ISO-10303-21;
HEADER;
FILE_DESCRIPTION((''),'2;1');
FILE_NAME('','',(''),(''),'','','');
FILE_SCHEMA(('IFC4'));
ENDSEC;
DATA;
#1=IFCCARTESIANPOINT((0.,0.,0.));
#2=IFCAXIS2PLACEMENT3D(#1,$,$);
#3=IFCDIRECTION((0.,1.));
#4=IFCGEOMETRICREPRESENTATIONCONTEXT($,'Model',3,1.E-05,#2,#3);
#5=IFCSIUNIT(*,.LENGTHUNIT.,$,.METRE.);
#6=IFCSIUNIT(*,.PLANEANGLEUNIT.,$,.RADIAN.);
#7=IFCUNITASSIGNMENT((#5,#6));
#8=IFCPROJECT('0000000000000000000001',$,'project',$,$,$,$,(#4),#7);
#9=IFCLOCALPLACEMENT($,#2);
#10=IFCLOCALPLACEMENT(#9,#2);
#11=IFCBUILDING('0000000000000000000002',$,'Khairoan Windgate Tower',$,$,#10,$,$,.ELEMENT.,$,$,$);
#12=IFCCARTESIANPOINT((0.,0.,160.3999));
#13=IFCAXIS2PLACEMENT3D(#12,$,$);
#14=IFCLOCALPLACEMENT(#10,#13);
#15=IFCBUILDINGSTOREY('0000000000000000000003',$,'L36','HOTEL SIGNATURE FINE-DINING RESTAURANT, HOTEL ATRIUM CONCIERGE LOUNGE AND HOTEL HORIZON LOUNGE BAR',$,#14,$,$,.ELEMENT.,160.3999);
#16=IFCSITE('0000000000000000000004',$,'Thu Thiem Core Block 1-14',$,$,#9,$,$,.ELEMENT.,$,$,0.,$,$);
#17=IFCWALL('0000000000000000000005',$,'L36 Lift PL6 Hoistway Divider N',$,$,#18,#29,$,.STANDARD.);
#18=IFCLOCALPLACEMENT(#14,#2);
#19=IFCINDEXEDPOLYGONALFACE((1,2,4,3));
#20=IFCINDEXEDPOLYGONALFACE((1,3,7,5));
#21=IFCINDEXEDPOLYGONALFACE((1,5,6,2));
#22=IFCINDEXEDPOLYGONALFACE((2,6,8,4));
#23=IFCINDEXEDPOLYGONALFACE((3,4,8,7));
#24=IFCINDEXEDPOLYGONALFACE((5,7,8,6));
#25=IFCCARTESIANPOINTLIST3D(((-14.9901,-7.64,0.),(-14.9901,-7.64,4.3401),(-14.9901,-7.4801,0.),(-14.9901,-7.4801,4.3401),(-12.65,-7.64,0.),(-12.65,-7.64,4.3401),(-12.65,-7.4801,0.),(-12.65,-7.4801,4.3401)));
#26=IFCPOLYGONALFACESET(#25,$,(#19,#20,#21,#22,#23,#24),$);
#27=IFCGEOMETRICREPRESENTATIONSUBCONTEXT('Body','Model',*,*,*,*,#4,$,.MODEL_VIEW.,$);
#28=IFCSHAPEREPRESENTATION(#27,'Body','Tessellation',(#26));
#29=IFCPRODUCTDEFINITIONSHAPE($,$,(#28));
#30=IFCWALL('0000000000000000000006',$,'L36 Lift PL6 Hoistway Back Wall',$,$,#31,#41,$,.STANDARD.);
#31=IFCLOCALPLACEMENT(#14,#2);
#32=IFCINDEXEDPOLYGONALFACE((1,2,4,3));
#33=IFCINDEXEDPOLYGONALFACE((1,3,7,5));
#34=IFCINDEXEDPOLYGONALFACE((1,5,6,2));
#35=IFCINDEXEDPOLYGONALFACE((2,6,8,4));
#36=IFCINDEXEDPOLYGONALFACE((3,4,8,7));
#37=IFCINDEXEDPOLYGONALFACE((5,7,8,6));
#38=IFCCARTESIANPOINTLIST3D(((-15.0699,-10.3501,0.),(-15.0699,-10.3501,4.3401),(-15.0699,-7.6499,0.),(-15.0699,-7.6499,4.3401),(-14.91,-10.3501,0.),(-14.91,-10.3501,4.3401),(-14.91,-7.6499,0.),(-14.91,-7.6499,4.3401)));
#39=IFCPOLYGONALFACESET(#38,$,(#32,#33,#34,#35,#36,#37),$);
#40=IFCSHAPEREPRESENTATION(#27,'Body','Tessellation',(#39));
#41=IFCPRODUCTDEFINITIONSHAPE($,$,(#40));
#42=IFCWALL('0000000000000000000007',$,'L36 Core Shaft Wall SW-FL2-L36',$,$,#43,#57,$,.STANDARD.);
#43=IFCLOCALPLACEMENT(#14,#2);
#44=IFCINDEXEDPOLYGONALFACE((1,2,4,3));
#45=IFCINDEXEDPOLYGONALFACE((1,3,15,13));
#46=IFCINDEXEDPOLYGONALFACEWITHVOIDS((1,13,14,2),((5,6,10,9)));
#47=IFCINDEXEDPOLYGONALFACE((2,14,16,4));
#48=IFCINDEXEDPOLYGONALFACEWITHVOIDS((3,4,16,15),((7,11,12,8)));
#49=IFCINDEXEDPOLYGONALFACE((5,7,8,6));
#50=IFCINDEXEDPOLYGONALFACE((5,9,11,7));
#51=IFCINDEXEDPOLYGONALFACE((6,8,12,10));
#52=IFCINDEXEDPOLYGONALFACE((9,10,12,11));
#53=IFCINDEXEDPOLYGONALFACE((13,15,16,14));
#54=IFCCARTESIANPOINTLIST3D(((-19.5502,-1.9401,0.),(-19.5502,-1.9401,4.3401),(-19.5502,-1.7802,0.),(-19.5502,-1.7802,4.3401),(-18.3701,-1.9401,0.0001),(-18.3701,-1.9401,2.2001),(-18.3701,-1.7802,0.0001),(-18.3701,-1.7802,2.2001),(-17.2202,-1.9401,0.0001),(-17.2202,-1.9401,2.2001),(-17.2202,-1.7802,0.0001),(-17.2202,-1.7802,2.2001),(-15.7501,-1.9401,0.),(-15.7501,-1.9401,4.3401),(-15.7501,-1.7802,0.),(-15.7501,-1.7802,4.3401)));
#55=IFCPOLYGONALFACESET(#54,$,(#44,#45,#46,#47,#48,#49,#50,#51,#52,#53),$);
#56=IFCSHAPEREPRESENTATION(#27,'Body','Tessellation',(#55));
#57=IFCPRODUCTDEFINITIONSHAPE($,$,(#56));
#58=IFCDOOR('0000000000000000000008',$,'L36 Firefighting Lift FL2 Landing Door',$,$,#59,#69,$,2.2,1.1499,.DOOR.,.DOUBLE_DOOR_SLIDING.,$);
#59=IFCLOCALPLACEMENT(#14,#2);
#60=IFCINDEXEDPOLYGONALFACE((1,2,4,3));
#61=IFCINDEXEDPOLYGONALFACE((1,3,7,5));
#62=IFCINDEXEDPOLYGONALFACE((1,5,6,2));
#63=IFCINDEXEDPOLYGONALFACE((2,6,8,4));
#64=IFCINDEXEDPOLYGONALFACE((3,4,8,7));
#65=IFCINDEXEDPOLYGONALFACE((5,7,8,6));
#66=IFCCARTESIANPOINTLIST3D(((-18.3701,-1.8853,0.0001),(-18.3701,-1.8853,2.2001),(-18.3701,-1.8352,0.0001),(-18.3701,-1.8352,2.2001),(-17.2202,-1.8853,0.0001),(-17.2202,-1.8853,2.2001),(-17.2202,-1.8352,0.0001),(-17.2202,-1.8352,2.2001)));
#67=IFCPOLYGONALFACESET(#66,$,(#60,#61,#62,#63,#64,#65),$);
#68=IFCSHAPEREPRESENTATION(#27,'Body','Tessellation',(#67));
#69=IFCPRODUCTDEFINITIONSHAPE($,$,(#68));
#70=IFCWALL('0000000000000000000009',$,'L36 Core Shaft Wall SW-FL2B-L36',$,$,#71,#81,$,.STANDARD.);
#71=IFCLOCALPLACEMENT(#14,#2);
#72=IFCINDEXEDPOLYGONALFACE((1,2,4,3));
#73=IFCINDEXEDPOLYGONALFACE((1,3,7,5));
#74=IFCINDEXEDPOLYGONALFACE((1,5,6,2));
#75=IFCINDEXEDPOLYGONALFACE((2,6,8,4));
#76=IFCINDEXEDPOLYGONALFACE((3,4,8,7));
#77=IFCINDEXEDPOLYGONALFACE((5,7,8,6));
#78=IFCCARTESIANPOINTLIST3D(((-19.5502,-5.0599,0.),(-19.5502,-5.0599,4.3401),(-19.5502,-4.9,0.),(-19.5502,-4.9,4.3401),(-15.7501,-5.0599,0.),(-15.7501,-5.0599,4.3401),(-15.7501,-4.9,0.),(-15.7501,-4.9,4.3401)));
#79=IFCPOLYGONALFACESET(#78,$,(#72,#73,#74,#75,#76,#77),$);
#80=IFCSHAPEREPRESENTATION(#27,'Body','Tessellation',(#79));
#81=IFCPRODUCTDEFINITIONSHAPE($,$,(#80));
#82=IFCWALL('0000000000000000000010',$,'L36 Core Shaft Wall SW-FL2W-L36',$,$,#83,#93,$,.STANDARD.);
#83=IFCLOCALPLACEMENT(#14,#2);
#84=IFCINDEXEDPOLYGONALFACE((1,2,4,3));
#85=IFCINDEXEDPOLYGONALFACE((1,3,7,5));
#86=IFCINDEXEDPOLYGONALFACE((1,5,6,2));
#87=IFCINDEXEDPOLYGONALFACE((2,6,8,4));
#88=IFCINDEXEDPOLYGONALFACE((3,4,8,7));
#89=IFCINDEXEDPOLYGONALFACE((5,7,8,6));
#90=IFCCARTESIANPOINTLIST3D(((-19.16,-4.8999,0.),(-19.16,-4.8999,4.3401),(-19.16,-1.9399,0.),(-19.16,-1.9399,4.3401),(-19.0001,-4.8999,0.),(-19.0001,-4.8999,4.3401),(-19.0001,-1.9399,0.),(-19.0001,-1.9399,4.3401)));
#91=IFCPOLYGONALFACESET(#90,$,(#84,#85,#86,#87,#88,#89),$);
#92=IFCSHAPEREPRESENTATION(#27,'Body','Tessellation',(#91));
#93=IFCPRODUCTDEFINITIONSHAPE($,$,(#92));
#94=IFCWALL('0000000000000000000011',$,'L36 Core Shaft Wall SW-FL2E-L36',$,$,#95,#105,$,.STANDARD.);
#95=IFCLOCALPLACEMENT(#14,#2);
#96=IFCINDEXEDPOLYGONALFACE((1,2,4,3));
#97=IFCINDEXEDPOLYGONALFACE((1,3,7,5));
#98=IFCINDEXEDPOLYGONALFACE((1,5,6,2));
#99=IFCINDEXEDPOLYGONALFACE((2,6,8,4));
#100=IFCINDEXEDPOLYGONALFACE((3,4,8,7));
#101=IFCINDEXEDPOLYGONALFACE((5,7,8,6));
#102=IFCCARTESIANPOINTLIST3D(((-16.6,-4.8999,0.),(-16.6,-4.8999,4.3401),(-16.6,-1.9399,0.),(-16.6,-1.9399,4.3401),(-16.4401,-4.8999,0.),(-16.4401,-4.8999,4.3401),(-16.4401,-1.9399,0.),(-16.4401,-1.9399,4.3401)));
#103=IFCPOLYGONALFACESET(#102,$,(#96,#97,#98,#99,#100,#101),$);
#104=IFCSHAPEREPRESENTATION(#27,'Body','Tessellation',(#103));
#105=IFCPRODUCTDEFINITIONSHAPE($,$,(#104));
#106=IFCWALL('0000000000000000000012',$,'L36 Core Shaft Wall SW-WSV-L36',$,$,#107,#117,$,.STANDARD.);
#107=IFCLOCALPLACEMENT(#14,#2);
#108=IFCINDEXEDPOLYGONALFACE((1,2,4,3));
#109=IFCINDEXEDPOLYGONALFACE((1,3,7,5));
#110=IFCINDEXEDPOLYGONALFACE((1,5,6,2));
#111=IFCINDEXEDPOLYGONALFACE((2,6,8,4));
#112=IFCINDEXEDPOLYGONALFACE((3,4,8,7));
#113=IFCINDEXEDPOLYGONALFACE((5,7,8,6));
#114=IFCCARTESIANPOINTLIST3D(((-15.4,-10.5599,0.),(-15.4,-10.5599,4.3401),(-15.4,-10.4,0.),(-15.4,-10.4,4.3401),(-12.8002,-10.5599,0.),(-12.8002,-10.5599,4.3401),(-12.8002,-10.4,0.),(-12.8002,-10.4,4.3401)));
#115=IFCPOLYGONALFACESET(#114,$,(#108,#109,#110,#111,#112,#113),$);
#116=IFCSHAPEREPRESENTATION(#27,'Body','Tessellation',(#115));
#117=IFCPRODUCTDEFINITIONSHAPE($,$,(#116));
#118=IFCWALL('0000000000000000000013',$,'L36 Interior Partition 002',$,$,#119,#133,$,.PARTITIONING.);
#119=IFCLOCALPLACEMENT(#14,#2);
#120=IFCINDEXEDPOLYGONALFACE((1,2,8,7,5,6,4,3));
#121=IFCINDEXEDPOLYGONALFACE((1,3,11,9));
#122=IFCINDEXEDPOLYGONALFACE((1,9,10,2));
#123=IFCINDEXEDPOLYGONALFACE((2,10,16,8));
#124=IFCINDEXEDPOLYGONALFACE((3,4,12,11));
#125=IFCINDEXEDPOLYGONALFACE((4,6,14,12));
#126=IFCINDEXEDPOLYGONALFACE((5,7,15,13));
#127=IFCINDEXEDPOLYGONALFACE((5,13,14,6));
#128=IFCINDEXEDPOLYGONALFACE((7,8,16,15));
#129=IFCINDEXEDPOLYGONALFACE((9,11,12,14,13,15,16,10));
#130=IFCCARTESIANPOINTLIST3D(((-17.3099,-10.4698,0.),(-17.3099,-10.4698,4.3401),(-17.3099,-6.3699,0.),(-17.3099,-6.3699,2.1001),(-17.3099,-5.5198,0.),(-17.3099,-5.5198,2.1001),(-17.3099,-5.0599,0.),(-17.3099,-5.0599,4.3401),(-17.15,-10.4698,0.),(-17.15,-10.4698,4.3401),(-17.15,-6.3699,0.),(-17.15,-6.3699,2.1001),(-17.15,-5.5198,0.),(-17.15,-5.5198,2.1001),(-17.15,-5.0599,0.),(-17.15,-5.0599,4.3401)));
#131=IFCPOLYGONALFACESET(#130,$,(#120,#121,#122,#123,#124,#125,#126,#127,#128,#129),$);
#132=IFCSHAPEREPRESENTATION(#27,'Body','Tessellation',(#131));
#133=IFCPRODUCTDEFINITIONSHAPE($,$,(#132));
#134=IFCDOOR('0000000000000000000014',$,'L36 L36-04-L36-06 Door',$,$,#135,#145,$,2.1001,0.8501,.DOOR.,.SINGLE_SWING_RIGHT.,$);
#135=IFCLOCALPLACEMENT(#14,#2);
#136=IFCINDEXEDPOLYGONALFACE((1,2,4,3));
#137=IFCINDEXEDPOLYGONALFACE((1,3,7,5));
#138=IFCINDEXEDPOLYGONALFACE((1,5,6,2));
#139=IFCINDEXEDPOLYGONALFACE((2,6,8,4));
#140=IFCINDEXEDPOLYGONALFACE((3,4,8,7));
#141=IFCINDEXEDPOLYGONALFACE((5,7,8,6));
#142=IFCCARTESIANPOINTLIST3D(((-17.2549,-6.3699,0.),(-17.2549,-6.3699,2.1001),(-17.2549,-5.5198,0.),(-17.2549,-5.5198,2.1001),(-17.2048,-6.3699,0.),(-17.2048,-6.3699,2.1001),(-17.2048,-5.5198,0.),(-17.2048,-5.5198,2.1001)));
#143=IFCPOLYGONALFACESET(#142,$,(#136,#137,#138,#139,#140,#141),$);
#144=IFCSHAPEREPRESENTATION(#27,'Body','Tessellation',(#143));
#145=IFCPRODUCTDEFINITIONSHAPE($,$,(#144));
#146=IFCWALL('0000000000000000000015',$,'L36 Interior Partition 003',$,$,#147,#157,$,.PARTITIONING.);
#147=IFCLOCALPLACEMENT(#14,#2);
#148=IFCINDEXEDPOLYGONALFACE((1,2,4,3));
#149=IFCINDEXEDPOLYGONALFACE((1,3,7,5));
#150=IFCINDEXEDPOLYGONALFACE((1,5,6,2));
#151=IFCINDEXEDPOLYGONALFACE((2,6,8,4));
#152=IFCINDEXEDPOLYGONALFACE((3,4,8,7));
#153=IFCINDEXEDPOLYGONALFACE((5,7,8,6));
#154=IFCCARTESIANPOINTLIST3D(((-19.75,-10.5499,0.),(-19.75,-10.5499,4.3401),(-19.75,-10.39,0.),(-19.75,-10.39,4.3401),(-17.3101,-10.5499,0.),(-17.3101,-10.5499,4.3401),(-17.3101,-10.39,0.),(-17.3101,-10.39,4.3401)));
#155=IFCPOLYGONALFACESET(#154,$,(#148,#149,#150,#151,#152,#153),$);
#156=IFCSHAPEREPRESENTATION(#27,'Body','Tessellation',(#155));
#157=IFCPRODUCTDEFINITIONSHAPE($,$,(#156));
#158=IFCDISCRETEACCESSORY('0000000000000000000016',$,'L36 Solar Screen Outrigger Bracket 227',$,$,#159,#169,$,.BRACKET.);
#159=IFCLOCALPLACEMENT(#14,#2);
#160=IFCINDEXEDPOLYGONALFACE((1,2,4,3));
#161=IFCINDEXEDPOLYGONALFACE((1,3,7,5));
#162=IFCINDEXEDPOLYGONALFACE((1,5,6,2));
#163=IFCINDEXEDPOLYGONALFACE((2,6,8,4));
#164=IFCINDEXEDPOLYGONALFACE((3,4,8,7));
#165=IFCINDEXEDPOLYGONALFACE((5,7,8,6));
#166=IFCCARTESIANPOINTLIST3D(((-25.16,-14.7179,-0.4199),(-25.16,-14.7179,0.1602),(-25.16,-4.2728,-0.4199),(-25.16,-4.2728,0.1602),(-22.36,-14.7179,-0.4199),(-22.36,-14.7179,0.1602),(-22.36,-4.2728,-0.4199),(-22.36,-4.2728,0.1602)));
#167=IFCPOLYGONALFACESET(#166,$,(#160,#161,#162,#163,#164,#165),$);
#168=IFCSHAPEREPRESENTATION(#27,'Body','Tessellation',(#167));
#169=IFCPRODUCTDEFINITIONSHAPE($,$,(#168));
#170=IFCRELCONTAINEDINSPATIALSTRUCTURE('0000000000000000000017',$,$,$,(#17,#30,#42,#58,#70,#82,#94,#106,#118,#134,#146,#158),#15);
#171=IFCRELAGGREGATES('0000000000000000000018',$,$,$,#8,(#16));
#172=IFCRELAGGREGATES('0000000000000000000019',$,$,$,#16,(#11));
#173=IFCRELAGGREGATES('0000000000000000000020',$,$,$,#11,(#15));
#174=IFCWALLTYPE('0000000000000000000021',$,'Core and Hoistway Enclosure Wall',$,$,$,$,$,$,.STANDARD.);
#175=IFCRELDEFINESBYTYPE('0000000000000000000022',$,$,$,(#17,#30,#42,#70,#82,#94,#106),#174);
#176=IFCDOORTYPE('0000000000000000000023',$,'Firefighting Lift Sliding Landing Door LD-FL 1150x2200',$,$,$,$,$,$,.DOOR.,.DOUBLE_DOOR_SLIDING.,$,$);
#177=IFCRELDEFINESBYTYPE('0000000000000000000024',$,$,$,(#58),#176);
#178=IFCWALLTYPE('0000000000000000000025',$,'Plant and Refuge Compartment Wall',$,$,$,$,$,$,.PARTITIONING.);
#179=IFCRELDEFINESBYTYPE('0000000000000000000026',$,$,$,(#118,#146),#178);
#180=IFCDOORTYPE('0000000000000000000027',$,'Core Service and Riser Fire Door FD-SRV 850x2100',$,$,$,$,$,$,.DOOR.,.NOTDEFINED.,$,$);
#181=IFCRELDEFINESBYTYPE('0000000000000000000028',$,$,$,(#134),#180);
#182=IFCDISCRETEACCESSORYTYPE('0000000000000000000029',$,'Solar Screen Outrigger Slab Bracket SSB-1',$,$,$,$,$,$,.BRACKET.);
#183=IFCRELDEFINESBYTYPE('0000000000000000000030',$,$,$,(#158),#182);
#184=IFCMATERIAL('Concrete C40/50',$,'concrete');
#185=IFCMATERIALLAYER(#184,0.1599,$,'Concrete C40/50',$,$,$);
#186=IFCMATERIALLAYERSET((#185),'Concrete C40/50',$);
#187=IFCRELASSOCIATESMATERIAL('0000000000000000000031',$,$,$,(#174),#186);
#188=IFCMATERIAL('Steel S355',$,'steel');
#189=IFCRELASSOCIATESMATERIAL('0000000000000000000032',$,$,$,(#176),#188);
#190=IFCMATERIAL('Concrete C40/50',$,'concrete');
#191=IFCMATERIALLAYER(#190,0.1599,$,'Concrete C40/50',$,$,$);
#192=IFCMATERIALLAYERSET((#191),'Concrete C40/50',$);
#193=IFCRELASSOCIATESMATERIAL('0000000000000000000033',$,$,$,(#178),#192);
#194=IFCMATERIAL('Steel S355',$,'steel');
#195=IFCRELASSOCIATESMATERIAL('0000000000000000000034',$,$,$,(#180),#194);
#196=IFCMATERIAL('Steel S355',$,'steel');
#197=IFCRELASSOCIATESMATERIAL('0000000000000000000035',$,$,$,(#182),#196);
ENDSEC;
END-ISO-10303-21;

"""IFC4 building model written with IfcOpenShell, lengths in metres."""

from ifc_helpers import new_model, si_unit, direction, frame, frame_2d, origin, origin_2d, place, context, subcontext, project, spatial, rectangle, extrude, material, layer, layer_set, type_object, element, fill, save


model = new_model("IFC4")

# Units and contexts
model_context = context("Model", 3, precision=1e-05, world=origin(), true_north=direction((0.0, 1.0)))
body_context = subcontext(model_context, "Body", "Model", "MODEL_VIEW")
ifc_project = project(units=[si_unit("LENGTHUNIT", "METRE"), si_unit("PLANEANGLEUNIT", "RADIAN")], contexts=[model_context])

# Site, building, storey
site_placement = place(None, origin())
site = spatial("IfcSite", under=ifc_project, at=site_placement, Name="Thu Thiem Core Block 1-14", CompositionType="ELEMENT", RefElevation=0.0)
building_placement = place(site_placement, origin())
building = spatial("IfcBuilding", under=site, at=building_placement, Name="Khairoan Windgate Tower", CompositionType="ELEMENT")
storey_placement = place(building_placement, frame((0.0, 0.0, 160.3999)))
storey = spatial("IfcBuildingStorey", under=building, at=storey_placement, Name="L36", Description="HOTEL SIGNATURE FINE-DINING RESTAURANT, HOTEL ATRIUM CONCIERGE LOUNGE AND HOTEL HORIZON LOUNGE BAR", CompositionType="ELEMENT", Elevation=160.3999)

# Walls
ifc_material_1 = material(Name="Concrete C40/50", Category="concrete")
ifc_layer_1 = layer(ifc_material_1, 0.1599, Name="Concrete C40/50")
ifc_layer_set_1 = layer_set([ifc_layer_1], Name="Concrete C40/50")
wall_type_1 = type_object("IfcWallType", Name="Core and Hoistway Enclosure Wall", PredefinedType="STANDARD", material=ifc_layer_set_1)
for number, where, z_axis, x_axis, name in (
    (1, (-14.99, -7.5601, 0.0), (0.0, 0.0, 1.0), (1.0, 0.0, 0.0), "L36 Lift PL6 Hoistway Divider N"),
):
    element("IfcWall", number, at=place(storey_placement, frame(where, z_axis=z_axis, x_axis=x_axis)), inside=storey, type_object=wall_type_1, Name=name, PredefinedType="STANDARD", context=body_context, shape_type="SweptSolid", body=[
        extrude(rectangle(XDim=2.3401, YDim=0.1599, at=frame_2d((1.1699, 0.0))), origin(), (0.0, 0.0, 1.0), 4.3401),
    ])
wall_1_placement = place(storey_placement, frame((-14.99, -10.3501, 0.0), z_axis=(0.0, 0.0, 1.0), x_axis=(0.0, 1.0, 0.0)))
element("IfcWall", 2, at=wall_1_placement, inside=storey, type_object=wall_type_1, Name="L36 Lift PL6 Hoistway Back Wall", PredefinedType="STANDARD", context=body_context, shape_type="SweptSolid", body=[
    extrude(rectangle(XDim=2.7002, YDim=0.1599, at=frame_2d((1.3501, 0.0))), origin(), (0.0, 0.0, 1.0), 4.3401),
])

# Wall, opening, door
wall_2_placement = place(storey_placement, frame((-19.55, -1.8601, 0.0), z_axis=(0.0, 0.0, 1.0), x_axis=(1.0, 0.0, 0.0)))
wall_2 = element("IfcWall", 3, at=wall_2_placement, inside=storey, type_object=wall_type_1, Name="L36 Core Shaft Wall SW-FL2-L36", PredefinedType="STANDARD", context=body_context, shape_type="SweptSolid", body=[
    extrude(rectangle(XDim=3.8, YDim=0.1599, at=frame_2d((1.8999, 0.0))), origin(), (0.0, 0.0, 1.0), 4.3401),
])
opening_1_placement = place(wall_2_placement, frame((1.1799, 0.0, 0.0)))
opening_1 = element("IfcOpeningElement", 4, at=opening_1_placement, cuts=wall_2, PredefinedType="OPENING", context=body_context, shape_type="SweptSolid", body=[
    extrude(rectangle(XDim=1.1499, YDim=2.2, at=frame_2d((0.575, 1.1001))), frame((0.0, 0.0898, 0.0), z_axis=(0.0, -1.0, 0.0), x_axis=(1.0, 0.0, 0.0)), (0.0, 0.0, 1.0), 0.1799),
])
ifc_material_2 = material(Name="Steel S355", Category="steel")
door_type_1 = type_object("IfcDoorType", Name="Firefighting Lift Sliding Landing Door LD-FL 1150x2200", OperationType="DOUBLE_DOOR_SLIDING", PredefinedType="DOOR", material=ifc_material_2)
door_1_placement = place(opening_1_placement, origin())
door_1 = element("IfcDoor", 5, at=door_1_placement, inside=storey, type_object=door_type_1, Name="L36 Firefighting Lift FL2 Landing Door", OperationType="DOUBLE_DOOR_SLIDING", OverallHeight=2.2, OverallWidth=1.1499, PredefinedType="DOOR", context=body_context, shape_type="SweptSolid", body=[
    extrude(rectangle(XDim=1.1499, YDim=2.2, at=frame_2d((0.575, 1.1001))), frame((0.0, 0.0249, 0.0), z_axis=(0.0, -1.0, 0.0), x_axis=(1.0, 0.0, 0.0)), (0.0, 0.0, 1.0), 0.05),
])
fill(opening_1, door_1)

# Walls
wall_3_placement = place(storey_placement, frame((-19.55, -4.98, 0.0), z_axis=(0.0, 0.0, 1.0), x_axis=(1.0, 0.0, 0.0)))
element("IfcWall", 6, at=wall_3_placement, inside=storey, type_object=wall_type_1, Name="L36 Core Shaft Wall SW-FL2B-L36", PredefinedType="STANDARD", context=body_context, shape_type="SweptSolid", body=[
    extrude(rectangle(XDim=3.8, YDim=0.1599, at=frame_2d((1.8999, 0.0))), origin(), (0.0, 0.0, 1.0), 4.3401),
])
for number, where, z_axis, x_axis, name in (
    (7, (-19.0801, -4.8999, 0.0), (0.0, 0.0, 1.0), (0.0, 1.0, 0.0), "L36 Core Shaft Wall SW-FL2W-L36"),
    (8, (-16.52, -4.8999, 0.0), (0.0, 0.0, 1.0), (0.0, 1.0, 0.0), "L36 Core Shaft Wall SW-FL2E-L36"),
):
    element("IfcWall", number, at=place(storey_placement, frame(where, z_axis=z_axis, x_axis=x_axis)), inside=storey, type_object=wall_type_1, Name=name, PredefinedType="STANDARD", context=body_context, shape_type="SweptSolid", body=[
        extrude(rectangle(XDim=2.96, YDim=0.1599, at=frame_2d((1.48, 0.0))), origin(), (0.0, 0.0, 1.0), 4.3401),
    ])
wall_4_placement = place(storey_placement, frame((-15.3999, -10.48, 0.0), z_axis=(0.0, 0.0, 1.0), x_axis=(1.0, 0.0, 0.0)))
element("IfcWall", 9, at=wall_4_placement, inside=storey, type_object=wall_type_1, Name="L36 Core Shaft Wall SW-WSV-L36", PredefinedType="STANDARD", context=body_context, shape_type="SweptSolid", body=[
    extrude(rectangle(XDim=2.5999, YDim=0.1599, at=frame_2d((1.2998, 0.0))), origin(), (0.0, 0.0, 1.0), 4.3401),
])

# Wall, opening, door
ifc_material_3 = material(Name="Concrete C40/50", Category="concrete")
ifc_layer_2 = layer(ifc_material_3, 0.1599, Name="Concrete C40/50")
ifc_layer_set_2 = layer_set([ifc_layer_2], Name="Concrete C40/50")
wall_type_2 = type_object("IfcWallType", Name="Plant and Refuge Compartment Wall", PredefinedType="PARTITIONING", material=ifc_layer_set_2)
wall_5_placement = place(storey_placement, frame((-17.23, -10.47, 0.0), z_axis=(0.0, 0.0, 1.0), x_axis=(0.0, 1.0, 0.0)))
wall_5 = element("IfcWall", 10, at=wall_5_placement, inside=storey, type_object=wall_type_2, Name="L36 Interior Partition 002", PredefinedType="PARTITIONING", context=body_context, shape_type="SweptSolid", body=[
    extrude(rectangle(XDim=5.4099, YDim=0.1599, at=frame_2d((2.7051, 0.0))), origin(), (0.0, 0.0, 1.0), 4.3401),
])
opening_2_placement = place(wall_5_placement, frame((4.1001, 0.0, 0.0)))
opening_2 = element("IfcOpeningElement", 11, at=opening_2_placement, cuts=wall_5, PredefinedType="OPENING", context=body_context, shape_type="SweptSolid", body=[
    extrude(rectangle(XDim=0.8501, YDim=2.1001, at=frame_2d((0.425, 1.05))), frame((0.0, 0.0898, 0.0), z_axis=(0.0, -1.0, 0.0), x_axis=(1.0, 0.0, 0.0)), (0.0, 0.0, 1.0), 0.1799),
])
ifc_material_4 = material(Name="Steel S355", Category="steel")
door_type_2 = type_object("IfcDoorType", Name="Core Service and Riser Fire Door FD-SRV 850x2100", OperationType="NOTDEFINED", PredefinedType="DOOR", material=ifc_material_4)
door_2_placement = place(opening_2_placement, origin())
door_2 = element("IfcDoor", 12, at=door_2_placement, inside=storey, type_object=door_type_2, Name="L36 L36-04-L36-06 Door", OperationType="SINGLE_SWING_RIGHT", OverallHeight=2.1001, OverallWidth=0.8501, PredefinedType="DOOR", context=body_context, shape_type="SweptSolid", body=[
    extrude(rectangle(XDim=0.8501, YDim=2.1001, at=frame_2d((0.425, 1.05))), frame((0.0, 0.0249, 0.0), z_axis=(0.0, -1.0, 0.0), x_axis=(1.0, 0.0, 0.0)), (0.0, 0.0, 1.0), 0.05),
])
fill(opening_2, door_2)

# Wall
wall_6_placement = place(storey_placement, frame((-19.75, -10.47, 0.0), z_axis=(0.0, 0.0, 1.0), x_axis=(1.0, 0.0, 0.0)))
element("IfcWall", 13, at=wall_6_placement, inside=storey, type_object=wall_type_2, Name="L36 Interior Partition 003", PredefinedType="PARTITIONING", context=body_context, shape_type="SweptSolid", body=[
    extrude(rectangle(XDim=2.4399, YDim=0.1599, at=frame_2d((1.22, 0.0))), origin(), (0.0, 0.0, 1.0), 4.3401),
])

# Discrete accessory
ifc_material_5 = material(Name="Steel S355", Category="steel")
discrete_accessory_type = type_object("IfcDiscreteAccessoryType", Name="Solar Screen Outrigger Slab Bracket SSB-1", PredefinedType="BRACKET", material=ifc_material_5)
discrete_accessory_placement = place(storey_placement, frame((-23.76, -9.4954, -0.4199), z_axis=(0.0, 0.0, 1.0), x_axis=(0.0, 1.0, 0.0)))
element("IfcDiscreteAccessory", 14, at=discrete_accessory_placement, inside=storey, type_object=discrete_accessory_type, Name="L36 Solar Screen Outrigger Bracket 227", PredefinedType="BRACKET", context=body_context, shape_type="SweptSolid", body=[
    extrude(rectangle(XDim=10.4451, YDim=2.8, at=origin_2d()), origin(), (0.0, 0.0, 1.0), 0.5801),
])

save(model, "model.ifc")
